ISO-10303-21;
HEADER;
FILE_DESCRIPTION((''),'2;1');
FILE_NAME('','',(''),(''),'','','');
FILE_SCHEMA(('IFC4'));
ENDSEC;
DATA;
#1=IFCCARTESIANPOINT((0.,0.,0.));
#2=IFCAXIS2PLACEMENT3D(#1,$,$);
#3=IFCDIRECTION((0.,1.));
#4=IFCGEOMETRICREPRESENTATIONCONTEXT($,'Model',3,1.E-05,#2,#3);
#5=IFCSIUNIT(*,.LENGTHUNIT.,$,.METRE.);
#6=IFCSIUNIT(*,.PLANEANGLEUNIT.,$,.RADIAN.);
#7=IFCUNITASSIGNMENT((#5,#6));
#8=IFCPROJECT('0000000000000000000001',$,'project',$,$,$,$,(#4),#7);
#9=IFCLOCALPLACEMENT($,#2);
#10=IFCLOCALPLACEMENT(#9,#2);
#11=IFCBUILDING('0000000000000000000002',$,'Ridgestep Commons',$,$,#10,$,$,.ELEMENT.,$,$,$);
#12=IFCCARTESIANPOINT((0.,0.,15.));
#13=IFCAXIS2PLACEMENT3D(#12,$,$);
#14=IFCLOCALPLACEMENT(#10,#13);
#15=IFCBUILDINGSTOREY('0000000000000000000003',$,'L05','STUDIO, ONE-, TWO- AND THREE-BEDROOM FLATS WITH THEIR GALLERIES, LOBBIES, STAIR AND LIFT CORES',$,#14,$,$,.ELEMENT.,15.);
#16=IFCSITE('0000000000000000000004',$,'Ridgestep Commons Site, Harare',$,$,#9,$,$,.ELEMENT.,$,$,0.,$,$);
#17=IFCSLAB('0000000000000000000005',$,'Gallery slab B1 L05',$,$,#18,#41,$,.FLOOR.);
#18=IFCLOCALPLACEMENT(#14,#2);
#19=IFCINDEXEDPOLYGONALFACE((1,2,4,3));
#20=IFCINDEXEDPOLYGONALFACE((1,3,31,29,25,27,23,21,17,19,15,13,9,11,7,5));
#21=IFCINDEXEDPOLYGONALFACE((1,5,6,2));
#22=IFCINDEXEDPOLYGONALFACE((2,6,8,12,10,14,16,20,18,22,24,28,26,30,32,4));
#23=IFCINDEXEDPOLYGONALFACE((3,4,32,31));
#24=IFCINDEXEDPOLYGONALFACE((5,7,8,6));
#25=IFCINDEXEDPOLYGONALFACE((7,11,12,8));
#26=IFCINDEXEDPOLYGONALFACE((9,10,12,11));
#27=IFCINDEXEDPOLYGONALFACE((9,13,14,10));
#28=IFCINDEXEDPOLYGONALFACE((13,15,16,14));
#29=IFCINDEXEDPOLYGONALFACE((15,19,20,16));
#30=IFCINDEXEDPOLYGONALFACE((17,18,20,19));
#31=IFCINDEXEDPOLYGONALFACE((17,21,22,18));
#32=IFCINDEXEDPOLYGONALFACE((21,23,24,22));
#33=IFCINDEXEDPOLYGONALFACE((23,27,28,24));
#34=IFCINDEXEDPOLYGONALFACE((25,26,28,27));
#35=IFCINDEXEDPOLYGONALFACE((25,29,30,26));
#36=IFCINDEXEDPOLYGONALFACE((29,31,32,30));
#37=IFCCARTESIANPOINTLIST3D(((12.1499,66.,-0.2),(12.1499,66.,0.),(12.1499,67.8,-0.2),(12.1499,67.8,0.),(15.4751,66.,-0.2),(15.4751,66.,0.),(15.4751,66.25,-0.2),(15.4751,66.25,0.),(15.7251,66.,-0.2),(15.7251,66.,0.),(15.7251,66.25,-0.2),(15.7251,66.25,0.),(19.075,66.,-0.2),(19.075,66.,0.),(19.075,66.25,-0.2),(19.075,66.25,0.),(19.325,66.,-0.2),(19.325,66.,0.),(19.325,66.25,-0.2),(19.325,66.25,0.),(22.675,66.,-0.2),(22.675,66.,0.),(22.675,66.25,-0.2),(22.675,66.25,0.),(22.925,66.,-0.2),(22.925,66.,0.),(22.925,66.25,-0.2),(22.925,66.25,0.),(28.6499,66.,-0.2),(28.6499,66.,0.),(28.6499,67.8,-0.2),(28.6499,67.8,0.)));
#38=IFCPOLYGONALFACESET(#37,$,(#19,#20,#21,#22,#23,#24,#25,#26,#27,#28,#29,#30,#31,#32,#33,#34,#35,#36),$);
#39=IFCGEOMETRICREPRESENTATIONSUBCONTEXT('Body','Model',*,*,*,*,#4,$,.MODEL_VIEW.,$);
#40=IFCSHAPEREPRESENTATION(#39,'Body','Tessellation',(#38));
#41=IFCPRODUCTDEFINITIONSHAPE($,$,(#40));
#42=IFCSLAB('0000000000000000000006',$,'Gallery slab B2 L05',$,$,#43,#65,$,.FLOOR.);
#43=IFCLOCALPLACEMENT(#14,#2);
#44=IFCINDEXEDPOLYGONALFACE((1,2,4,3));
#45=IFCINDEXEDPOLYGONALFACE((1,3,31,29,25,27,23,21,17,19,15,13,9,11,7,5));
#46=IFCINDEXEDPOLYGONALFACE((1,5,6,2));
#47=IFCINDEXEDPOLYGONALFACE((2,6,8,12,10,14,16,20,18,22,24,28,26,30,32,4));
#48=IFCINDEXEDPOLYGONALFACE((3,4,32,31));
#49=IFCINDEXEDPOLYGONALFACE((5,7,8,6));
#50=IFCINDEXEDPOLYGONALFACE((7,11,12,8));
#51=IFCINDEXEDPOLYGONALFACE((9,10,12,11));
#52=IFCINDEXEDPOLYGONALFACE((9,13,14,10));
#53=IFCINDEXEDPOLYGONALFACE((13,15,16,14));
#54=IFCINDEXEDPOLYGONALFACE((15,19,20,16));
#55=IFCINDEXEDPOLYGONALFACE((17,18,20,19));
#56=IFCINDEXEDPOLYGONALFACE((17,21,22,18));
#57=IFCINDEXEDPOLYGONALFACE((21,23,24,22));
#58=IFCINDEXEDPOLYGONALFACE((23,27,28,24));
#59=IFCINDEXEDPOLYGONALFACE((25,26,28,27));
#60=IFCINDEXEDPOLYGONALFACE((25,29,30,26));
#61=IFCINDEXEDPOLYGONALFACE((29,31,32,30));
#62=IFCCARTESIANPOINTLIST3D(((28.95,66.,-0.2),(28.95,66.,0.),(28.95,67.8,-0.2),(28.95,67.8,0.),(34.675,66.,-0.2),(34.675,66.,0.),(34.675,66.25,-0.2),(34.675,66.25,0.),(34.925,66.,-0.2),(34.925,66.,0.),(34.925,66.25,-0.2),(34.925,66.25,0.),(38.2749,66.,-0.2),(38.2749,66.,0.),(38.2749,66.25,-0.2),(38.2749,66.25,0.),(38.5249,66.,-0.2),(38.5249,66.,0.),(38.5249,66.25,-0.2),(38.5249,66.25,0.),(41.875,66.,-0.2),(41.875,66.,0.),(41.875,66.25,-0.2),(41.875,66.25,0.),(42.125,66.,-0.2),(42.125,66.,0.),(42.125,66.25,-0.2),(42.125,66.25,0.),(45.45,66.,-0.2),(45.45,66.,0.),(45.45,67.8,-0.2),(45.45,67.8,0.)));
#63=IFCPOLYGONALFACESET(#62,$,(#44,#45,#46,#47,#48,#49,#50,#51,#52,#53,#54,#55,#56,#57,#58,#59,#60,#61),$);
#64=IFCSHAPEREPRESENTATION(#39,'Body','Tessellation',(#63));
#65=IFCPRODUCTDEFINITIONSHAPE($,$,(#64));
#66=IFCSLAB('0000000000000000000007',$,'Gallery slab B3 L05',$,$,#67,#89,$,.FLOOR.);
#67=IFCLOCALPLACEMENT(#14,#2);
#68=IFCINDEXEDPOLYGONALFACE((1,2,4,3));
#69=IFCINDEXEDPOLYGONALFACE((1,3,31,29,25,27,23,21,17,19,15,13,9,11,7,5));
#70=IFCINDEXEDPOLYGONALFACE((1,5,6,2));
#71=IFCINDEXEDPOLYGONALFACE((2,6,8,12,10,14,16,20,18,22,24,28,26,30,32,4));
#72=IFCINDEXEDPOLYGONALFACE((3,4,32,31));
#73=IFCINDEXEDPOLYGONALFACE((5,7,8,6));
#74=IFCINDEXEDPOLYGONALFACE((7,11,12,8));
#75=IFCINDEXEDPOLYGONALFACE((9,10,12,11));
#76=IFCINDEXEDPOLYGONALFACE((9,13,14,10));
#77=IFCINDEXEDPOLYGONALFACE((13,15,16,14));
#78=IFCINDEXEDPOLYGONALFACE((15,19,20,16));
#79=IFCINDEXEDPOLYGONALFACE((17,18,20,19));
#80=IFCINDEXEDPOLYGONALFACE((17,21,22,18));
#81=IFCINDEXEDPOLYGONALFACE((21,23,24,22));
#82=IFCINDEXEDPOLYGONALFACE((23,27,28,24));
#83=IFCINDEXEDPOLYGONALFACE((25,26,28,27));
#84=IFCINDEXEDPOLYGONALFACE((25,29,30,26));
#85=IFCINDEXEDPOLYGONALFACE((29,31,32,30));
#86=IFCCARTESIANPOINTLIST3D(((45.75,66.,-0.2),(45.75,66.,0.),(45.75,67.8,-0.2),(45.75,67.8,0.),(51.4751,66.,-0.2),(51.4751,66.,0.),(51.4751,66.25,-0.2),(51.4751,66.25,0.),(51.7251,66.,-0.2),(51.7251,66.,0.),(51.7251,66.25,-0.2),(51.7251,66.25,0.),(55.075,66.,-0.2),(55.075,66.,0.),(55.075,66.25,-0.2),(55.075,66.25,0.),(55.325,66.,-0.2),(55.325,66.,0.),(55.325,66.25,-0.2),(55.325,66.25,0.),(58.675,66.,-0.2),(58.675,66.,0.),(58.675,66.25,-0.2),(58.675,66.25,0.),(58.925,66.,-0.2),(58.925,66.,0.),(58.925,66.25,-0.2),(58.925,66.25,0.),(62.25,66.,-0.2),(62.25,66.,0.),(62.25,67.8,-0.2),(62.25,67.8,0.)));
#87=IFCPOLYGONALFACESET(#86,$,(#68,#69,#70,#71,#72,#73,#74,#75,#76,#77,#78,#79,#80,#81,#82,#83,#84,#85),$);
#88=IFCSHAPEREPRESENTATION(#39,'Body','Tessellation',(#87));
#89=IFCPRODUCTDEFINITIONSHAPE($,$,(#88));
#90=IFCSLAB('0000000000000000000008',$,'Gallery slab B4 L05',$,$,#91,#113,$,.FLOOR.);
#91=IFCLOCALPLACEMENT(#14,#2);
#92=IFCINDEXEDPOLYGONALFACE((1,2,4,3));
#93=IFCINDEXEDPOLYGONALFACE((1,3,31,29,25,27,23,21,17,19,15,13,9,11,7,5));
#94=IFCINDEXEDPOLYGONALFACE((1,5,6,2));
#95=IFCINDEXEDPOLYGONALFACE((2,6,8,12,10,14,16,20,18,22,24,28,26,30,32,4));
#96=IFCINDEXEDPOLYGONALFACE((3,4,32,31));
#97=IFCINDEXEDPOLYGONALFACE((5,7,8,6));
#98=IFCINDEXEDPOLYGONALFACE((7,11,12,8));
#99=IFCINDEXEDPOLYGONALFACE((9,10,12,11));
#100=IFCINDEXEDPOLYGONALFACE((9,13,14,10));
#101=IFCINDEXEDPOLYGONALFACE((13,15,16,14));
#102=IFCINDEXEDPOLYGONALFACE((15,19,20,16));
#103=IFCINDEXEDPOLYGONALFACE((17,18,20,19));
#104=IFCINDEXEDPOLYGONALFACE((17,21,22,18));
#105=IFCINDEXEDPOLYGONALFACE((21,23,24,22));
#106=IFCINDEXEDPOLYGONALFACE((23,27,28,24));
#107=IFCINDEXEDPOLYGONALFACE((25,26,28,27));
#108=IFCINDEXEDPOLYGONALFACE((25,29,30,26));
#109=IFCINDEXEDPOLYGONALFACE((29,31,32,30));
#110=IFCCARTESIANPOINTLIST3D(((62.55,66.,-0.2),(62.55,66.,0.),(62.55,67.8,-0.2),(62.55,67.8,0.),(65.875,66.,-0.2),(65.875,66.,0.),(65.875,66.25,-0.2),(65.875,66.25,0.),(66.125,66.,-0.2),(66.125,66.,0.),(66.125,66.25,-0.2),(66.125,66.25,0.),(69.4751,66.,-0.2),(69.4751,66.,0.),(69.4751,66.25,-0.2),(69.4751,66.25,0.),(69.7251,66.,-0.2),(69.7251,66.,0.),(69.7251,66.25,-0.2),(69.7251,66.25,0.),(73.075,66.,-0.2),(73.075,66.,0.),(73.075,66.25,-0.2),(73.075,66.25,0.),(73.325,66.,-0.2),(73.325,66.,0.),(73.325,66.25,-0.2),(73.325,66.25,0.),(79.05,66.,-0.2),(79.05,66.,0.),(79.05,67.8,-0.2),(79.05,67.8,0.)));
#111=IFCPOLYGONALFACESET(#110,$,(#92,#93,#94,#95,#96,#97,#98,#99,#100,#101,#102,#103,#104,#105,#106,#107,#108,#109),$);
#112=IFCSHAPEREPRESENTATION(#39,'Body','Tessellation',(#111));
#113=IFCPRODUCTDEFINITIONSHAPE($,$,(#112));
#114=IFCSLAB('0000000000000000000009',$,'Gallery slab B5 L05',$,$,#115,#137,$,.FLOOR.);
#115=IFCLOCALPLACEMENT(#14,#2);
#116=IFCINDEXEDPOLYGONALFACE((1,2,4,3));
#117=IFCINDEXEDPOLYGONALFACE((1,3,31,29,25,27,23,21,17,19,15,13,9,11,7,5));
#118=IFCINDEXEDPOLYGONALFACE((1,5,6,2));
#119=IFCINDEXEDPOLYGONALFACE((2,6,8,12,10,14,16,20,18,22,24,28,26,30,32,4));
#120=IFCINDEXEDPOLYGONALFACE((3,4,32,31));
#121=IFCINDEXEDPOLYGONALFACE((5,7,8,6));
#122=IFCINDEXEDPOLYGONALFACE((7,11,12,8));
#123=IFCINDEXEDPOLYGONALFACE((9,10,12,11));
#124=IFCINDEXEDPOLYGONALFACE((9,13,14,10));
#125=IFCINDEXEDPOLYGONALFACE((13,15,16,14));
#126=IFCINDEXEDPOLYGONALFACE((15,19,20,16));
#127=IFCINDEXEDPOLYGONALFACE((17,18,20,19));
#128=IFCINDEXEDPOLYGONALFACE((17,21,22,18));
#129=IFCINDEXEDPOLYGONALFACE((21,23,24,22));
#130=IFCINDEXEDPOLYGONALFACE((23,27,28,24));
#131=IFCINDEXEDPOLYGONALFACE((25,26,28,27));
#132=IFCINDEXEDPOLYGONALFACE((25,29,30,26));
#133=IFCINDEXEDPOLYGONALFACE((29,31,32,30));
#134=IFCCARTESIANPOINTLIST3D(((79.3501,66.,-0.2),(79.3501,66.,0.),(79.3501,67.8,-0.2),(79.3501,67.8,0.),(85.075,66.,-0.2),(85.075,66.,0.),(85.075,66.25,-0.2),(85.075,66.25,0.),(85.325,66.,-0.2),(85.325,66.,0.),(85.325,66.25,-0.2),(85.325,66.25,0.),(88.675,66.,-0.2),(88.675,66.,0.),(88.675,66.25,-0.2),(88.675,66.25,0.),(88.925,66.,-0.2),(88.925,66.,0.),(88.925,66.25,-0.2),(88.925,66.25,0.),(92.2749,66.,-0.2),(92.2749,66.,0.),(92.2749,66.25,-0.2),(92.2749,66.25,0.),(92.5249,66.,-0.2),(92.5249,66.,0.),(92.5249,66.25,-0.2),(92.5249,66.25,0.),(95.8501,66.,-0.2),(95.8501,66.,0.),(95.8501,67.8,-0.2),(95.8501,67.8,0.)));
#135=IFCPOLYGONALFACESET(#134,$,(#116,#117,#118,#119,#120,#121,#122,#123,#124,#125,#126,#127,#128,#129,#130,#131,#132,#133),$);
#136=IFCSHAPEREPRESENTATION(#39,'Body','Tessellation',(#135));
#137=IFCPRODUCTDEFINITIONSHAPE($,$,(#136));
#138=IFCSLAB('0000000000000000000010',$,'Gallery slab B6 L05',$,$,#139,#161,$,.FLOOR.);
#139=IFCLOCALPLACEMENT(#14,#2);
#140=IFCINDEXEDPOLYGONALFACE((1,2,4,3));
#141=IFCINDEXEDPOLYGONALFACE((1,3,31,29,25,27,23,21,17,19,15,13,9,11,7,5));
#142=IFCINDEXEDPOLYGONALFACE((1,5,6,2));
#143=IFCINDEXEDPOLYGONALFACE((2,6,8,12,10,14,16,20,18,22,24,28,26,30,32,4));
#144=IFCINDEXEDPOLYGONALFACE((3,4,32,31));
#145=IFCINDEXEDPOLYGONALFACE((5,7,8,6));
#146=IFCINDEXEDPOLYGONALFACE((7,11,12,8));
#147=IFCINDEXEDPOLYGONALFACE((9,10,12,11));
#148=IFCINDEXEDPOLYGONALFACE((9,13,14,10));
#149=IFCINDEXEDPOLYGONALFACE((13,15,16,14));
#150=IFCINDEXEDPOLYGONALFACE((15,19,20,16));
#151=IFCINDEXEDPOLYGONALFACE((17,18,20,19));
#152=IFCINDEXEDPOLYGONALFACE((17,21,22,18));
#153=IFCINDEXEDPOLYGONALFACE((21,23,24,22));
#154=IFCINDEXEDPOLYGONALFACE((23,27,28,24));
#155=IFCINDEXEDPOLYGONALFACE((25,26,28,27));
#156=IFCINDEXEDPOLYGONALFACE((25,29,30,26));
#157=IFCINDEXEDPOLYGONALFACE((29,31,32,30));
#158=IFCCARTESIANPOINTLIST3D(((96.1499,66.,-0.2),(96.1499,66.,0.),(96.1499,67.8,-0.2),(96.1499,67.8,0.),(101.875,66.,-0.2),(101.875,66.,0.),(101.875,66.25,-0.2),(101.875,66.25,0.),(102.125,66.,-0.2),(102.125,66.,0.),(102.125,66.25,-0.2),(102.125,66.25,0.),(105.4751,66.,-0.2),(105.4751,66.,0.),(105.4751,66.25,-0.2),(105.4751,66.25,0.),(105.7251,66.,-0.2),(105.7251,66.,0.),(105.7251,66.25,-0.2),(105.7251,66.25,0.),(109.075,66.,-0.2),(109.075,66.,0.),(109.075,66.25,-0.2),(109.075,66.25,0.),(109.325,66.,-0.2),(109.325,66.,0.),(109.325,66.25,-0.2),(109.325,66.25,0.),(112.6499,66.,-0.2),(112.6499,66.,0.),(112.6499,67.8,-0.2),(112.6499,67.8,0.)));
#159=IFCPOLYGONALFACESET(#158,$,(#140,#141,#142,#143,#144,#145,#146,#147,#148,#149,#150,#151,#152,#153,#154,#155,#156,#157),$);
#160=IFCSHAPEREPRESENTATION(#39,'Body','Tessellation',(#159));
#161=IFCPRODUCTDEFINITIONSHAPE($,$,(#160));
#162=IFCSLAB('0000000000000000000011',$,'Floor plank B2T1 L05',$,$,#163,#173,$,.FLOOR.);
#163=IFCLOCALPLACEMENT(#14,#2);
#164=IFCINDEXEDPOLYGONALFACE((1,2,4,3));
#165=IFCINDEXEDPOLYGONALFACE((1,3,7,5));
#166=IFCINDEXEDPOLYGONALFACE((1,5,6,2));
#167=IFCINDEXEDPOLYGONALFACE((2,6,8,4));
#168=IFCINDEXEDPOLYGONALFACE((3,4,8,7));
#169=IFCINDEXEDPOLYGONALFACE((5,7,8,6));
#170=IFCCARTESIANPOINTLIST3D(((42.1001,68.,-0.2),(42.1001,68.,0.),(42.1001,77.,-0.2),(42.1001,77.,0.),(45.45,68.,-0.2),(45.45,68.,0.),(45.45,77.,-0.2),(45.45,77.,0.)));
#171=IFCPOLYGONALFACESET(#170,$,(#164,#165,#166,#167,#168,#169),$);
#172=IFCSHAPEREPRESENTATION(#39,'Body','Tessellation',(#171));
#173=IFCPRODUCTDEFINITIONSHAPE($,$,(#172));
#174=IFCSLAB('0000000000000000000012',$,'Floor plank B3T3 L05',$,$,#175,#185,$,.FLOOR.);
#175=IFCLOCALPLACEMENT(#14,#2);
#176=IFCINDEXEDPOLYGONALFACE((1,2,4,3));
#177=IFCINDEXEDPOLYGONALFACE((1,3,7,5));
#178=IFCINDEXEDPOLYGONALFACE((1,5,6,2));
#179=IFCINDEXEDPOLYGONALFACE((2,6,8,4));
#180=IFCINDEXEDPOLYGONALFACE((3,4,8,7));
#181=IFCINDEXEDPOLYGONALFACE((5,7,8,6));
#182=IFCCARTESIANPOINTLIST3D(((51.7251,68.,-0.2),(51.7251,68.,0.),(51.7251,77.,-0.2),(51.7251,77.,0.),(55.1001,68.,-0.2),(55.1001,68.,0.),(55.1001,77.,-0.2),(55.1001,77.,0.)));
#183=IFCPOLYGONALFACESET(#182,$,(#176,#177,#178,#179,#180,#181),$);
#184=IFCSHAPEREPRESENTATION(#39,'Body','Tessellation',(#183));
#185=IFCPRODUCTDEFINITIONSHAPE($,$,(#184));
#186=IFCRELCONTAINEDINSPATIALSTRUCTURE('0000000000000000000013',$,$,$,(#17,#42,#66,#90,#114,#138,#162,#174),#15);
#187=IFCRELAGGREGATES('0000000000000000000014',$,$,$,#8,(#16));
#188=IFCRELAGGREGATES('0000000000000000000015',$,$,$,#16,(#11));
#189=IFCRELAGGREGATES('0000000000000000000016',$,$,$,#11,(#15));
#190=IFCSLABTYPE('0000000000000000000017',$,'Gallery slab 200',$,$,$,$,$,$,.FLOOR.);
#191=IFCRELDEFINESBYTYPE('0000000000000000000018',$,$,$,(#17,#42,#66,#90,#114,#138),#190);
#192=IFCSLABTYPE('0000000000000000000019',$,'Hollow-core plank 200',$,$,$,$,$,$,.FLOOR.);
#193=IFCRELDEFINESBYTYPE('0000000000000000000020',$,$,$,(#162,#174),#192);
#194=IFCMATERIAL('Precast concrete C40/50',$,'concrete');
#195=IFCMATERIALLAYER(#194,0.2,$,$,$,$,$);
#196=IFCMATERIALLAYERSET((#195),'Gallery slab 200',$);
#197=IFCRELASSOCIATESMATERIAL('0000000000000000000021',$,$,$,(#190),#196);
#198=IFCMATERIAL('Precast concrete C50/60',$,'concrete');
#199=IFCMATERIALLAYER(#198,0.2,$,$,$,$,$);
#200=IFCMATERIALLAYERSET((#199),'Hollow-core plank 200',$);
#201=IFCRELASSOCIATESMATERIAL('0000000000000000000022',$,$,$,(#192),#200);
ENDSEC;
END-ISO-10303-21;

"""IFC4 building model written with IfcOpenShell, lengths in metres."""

from ifc_helpers import new_model, si_unit, direction, frame, origin, place, context, subcontext, project, spatial, polyline, outline, extrude, material, layer, layer_set, type_object, element, save


model = new_model("IFC4")

# Units and contexts
model_context = context("Model", 3, precision=1e-05, world=origin(), true_north=direction((0.0, 1.0)))
body_context = subcontext(model_context, "Body", "Model", "MODEL_VIEW")
ifc_project = project(units=[si_unit("LENGTHUNIT", "METRE"), si_unit("PLANEANGLEUNIT", "RADIAN")], contexts=[model_context])

# Site, building, storey
site_placement = place(None, origin())
site = spatial("IfcSite", under=ifc_project, at=site_placement, Name="Ridgestep Commons Site, Harare", CompositionType="ELEMENT", RefElevation=0.0)
building_placement = place(site_placement, origin())
building = spatial("IfcBuilding", under=site, at=building_placement, Name="Ridgestep Commons", CompositionType="ELEMENT")
storey_placement = place(building_placement, frame((0.0, 0.0, 15.0)))
storey = spatial("IfcBuildingStorey", under=building, at=storey_placement, Name="L05", Description="STUDIO, ONE-, TWO- AND THREE-BEDROOM FLATS WITH THEIR GALLERIES, LOBBIES, STAIR AND LIFT CORES", CompositionType="ELEMENT", Elevation=15.0)

# Slabs
ifc_material_1 = material(Name="Precast concrete C40/50", Category="concrete")
ifc_layer_1 = layer(ifc_material_1, 0.2)
ifc_layer_set_1 = layer_set([ifc_layer_1], Name="Gallery slab 200")
slab_type_1 = type_object("IfcSlabType", Name="Gallery slab 200", PredefinedType="FLOOR", material=ifc_layer_set_1)
slab_1_placement = place(storey_placement, frame((0.0, 0.0, -0.2)))
element("IfcSlab", 1, at=slab_1_placement, inside=storey, type_object=slab_type_1, Name="Gallery slab B1 L05", PredefinedType="FLOOR", context=body_context, shape_type="SweptSolid", body=[
    extrude(outline(polyline([(28.6499, 67.8), (12.1499, 67.8), (12.1499, 66.0), (15.4751, 66.0), (15.4751, 66.25), (15.7251, 66.25), (15.7251, 66.0), (19.075, 66.0), (19.075, 66.25), (19.325, 66.25), (19.325, 66.0), (22.675, 66.0), (22.675, 66.25), (22.925, 66.25), (22.925, 66.0), (28.6499, 66.0), (28.6499, 67.8)])), origin(), (0.0, 0.0, 1.0), 0.2),
])
slab_2_placement = place(storey_placement, frame((0.0, 0.0, -0.2)))
element("IfcSlab", 2, at=slab_2_placement, inside=storey, type_object=slab_type_1, Name="Gallery slab B2 L05", PredefinedType="FLOOR", context=body_context, shape_type="SweptSolid", body=[
    extrude(outline(polyline([(45.45, 67.8), (28.95, 67.8), (28.95, 66.0), (34.675, 66.0), (34.675, 66.25), (34.925, 66.25), (34.925, 66.0), (38.2749, 66.0), (38.2749, 66.25), (38.5249, 66.25), (38.5249, 66.0), (41.875, 66.0), (41.875, 66.25), (42.125, 66.25), (42.125, 66.0), (45.45, 66.0), (45.45, 67.8)])), origin(), (0.0, 0.0, 1.0), 0.2),
])
slab_3_placement = place(storey_placement, frame((0.0, 0.0, -0.2)))
element("IfcSlab", 3, at=slab_3_placement, inside=storey, type_object=slab_type_1, Name="Gallery slab B3 L05", PredefinedType="FLOOR", context=body_context, shape_type="SweptSolid", body=[
    extrude(outline(polyline([(62.25, 67.8), (45.75, 67.8), (45.75, 66.0), (51.4751, 66.0), (51.4751, 66.25), (51.7251, 66.25), (51.7251, 66.0), (55.075, 66.0), (55.075, 66.25), (55.325, 66.25), (55.325, 66.0), (58.675, 66.0), (58.675, 66.25), (58.925, 66.25), (58.925, 66.0), (62.25, 66.0), (62.25, 67.8)])), origin(), (0.0, 0.0, 1.0), 0.2),
])
slab_4_placement = place(storey_placement, frame((0.0, 0.0, -0.2)))
element("IfcSlab", 4, at=slab_4_placement, inside=storey, type_object=slab_type_1, Name="Gallery slab B4 L05", PredefinedType="FLOOR", context=body_context, shape_type="SweptSolid", body=[
    extrude(outline(polyline([(79.05, 67.8), (62.55, 67.8), (62.55, 66.0), (65.875, 66.0), (65.875, 66.25), (66.125, 66.25), (66.125, 66.0), (69.4751, 66.0), (69.4751, 66.25), (69.7251, 66.25), (69.7251, 66.0), (73.075, 66.0), (73.075, 66.25), (73.325, 66.25), (73.325, 66.0), (79.05, 66.0), (79.05, 67.8)])), origin(), (0.0, 0.0, 1.0), 0.2),
])
slab_5_placement = place(storey_placement, frame((0.0, 0.0, -0.2)))
element("IfcSlab", 5, at=slab_5_placement, inside=storey, type_object=slab_type_1, Name="Gallery slab B5 L05", PredefinedType="FLOOR", context=body_context, shape_type="SweptSolid", body=[
    extrude(outline(polyline([(95.8501, 67.8), (79.3501, 67.8), (79.3501, 66.0), (85.075, 66.0), (85.075, 66.25), (85.325, 66.25), (85.325, 66.0), (88.675, 66.0), (88.675, 66.25), (88.925, 66.25), (88.925, 66.0), (92.2749, 66.0), (92.2749, 66.25), (92.5249, 66.25), (92.5249, 66.0), (95.8501, 66.0), (95.8501, 67.8)])), origin(), (0.0, 0.0, 1.0), 0.2),
])
slab_6_placement = place(storey_placement, frame((0.0, 0.0, -0.2)))
element("IfcSlab", 6, at=slab_6_placement, inside=storey, type_object=slab_type_1, Name="Gallery slab B6 L05", PredefinedType="FLOOR", context=body_context, shape_type="SweptSolid", body=[
    extrude(outline(polyline([(112.6499, 67.8), (96.1499, 67.8), (96.1499, 66.0), (101.875, 66.0), (101.875, 66.25), (102.125, 66.25), (102.125, 66.0), (105.4751, 66.0), (105.4751, 66.25), (105.7251, 66.25), (105.7251, 66.0), (109.075, 66.0), (109.075, 66.25), (109.325, 66.25), (109.325, 66.0), (112.6499, 66.0), (112.6499, 67.8)])), origin(), (0.0, 0.0, 1.0), 0.2),
])
ifc_material_2 = material(Name="Precast concrete C50/60", Category="concrete")
ifc_layer_2 = layer(ifc_material_2, 0.2)
ifc_layer_set_2 = layer_set([ifc_layer_2], Name="Hollow-core plank 200")
slab_type_2 = type_object("IfcSlabType", Name="Hollow-core plank 200", PredefinedType="FLOOR", material=ifc_layer_set_2)
slab_7_placement = place(storey_placement, frame((0.0, 0.0, -0.2)))
element("IfcSlab", 7, at=slab_7_placement, inside=storey, type_object=slab_type_2, Name="Floor plank B2T1 L05", PredefinedType="FLOOR", context=body_context, shape_type="SweptSolid", body=[
    extrude(outline(polyline([(45.45, 68.0), (45.45, 77.0), (42.1001, 77.0), (42.1001, 68.0), (45.45, 68.0)])), origin(), (0.0, 0.0, 1.0), 0.2),
])
slab_8_placement = place(storey_placement, frame((0.0, 0.0, -0.2)))
element("IfcSlab", 8, at=slab_8_placement, inside=storey, type_object=slab_type_2, Name="Floor plank B3T3 L05", PredefinedType="FLOOR", context=body_context, shape_type="SweptSolid", body=[
    extrude(outline(polyline([(55.1001, 68.0), (55.1001, 77.0), (51.7251, 77.0), (51.7251, 68.0), (55.1001, 68.0)])), origin(), (0.0, 0.0, 1.0), 0.2),
])

save(model, "model.ifc")
